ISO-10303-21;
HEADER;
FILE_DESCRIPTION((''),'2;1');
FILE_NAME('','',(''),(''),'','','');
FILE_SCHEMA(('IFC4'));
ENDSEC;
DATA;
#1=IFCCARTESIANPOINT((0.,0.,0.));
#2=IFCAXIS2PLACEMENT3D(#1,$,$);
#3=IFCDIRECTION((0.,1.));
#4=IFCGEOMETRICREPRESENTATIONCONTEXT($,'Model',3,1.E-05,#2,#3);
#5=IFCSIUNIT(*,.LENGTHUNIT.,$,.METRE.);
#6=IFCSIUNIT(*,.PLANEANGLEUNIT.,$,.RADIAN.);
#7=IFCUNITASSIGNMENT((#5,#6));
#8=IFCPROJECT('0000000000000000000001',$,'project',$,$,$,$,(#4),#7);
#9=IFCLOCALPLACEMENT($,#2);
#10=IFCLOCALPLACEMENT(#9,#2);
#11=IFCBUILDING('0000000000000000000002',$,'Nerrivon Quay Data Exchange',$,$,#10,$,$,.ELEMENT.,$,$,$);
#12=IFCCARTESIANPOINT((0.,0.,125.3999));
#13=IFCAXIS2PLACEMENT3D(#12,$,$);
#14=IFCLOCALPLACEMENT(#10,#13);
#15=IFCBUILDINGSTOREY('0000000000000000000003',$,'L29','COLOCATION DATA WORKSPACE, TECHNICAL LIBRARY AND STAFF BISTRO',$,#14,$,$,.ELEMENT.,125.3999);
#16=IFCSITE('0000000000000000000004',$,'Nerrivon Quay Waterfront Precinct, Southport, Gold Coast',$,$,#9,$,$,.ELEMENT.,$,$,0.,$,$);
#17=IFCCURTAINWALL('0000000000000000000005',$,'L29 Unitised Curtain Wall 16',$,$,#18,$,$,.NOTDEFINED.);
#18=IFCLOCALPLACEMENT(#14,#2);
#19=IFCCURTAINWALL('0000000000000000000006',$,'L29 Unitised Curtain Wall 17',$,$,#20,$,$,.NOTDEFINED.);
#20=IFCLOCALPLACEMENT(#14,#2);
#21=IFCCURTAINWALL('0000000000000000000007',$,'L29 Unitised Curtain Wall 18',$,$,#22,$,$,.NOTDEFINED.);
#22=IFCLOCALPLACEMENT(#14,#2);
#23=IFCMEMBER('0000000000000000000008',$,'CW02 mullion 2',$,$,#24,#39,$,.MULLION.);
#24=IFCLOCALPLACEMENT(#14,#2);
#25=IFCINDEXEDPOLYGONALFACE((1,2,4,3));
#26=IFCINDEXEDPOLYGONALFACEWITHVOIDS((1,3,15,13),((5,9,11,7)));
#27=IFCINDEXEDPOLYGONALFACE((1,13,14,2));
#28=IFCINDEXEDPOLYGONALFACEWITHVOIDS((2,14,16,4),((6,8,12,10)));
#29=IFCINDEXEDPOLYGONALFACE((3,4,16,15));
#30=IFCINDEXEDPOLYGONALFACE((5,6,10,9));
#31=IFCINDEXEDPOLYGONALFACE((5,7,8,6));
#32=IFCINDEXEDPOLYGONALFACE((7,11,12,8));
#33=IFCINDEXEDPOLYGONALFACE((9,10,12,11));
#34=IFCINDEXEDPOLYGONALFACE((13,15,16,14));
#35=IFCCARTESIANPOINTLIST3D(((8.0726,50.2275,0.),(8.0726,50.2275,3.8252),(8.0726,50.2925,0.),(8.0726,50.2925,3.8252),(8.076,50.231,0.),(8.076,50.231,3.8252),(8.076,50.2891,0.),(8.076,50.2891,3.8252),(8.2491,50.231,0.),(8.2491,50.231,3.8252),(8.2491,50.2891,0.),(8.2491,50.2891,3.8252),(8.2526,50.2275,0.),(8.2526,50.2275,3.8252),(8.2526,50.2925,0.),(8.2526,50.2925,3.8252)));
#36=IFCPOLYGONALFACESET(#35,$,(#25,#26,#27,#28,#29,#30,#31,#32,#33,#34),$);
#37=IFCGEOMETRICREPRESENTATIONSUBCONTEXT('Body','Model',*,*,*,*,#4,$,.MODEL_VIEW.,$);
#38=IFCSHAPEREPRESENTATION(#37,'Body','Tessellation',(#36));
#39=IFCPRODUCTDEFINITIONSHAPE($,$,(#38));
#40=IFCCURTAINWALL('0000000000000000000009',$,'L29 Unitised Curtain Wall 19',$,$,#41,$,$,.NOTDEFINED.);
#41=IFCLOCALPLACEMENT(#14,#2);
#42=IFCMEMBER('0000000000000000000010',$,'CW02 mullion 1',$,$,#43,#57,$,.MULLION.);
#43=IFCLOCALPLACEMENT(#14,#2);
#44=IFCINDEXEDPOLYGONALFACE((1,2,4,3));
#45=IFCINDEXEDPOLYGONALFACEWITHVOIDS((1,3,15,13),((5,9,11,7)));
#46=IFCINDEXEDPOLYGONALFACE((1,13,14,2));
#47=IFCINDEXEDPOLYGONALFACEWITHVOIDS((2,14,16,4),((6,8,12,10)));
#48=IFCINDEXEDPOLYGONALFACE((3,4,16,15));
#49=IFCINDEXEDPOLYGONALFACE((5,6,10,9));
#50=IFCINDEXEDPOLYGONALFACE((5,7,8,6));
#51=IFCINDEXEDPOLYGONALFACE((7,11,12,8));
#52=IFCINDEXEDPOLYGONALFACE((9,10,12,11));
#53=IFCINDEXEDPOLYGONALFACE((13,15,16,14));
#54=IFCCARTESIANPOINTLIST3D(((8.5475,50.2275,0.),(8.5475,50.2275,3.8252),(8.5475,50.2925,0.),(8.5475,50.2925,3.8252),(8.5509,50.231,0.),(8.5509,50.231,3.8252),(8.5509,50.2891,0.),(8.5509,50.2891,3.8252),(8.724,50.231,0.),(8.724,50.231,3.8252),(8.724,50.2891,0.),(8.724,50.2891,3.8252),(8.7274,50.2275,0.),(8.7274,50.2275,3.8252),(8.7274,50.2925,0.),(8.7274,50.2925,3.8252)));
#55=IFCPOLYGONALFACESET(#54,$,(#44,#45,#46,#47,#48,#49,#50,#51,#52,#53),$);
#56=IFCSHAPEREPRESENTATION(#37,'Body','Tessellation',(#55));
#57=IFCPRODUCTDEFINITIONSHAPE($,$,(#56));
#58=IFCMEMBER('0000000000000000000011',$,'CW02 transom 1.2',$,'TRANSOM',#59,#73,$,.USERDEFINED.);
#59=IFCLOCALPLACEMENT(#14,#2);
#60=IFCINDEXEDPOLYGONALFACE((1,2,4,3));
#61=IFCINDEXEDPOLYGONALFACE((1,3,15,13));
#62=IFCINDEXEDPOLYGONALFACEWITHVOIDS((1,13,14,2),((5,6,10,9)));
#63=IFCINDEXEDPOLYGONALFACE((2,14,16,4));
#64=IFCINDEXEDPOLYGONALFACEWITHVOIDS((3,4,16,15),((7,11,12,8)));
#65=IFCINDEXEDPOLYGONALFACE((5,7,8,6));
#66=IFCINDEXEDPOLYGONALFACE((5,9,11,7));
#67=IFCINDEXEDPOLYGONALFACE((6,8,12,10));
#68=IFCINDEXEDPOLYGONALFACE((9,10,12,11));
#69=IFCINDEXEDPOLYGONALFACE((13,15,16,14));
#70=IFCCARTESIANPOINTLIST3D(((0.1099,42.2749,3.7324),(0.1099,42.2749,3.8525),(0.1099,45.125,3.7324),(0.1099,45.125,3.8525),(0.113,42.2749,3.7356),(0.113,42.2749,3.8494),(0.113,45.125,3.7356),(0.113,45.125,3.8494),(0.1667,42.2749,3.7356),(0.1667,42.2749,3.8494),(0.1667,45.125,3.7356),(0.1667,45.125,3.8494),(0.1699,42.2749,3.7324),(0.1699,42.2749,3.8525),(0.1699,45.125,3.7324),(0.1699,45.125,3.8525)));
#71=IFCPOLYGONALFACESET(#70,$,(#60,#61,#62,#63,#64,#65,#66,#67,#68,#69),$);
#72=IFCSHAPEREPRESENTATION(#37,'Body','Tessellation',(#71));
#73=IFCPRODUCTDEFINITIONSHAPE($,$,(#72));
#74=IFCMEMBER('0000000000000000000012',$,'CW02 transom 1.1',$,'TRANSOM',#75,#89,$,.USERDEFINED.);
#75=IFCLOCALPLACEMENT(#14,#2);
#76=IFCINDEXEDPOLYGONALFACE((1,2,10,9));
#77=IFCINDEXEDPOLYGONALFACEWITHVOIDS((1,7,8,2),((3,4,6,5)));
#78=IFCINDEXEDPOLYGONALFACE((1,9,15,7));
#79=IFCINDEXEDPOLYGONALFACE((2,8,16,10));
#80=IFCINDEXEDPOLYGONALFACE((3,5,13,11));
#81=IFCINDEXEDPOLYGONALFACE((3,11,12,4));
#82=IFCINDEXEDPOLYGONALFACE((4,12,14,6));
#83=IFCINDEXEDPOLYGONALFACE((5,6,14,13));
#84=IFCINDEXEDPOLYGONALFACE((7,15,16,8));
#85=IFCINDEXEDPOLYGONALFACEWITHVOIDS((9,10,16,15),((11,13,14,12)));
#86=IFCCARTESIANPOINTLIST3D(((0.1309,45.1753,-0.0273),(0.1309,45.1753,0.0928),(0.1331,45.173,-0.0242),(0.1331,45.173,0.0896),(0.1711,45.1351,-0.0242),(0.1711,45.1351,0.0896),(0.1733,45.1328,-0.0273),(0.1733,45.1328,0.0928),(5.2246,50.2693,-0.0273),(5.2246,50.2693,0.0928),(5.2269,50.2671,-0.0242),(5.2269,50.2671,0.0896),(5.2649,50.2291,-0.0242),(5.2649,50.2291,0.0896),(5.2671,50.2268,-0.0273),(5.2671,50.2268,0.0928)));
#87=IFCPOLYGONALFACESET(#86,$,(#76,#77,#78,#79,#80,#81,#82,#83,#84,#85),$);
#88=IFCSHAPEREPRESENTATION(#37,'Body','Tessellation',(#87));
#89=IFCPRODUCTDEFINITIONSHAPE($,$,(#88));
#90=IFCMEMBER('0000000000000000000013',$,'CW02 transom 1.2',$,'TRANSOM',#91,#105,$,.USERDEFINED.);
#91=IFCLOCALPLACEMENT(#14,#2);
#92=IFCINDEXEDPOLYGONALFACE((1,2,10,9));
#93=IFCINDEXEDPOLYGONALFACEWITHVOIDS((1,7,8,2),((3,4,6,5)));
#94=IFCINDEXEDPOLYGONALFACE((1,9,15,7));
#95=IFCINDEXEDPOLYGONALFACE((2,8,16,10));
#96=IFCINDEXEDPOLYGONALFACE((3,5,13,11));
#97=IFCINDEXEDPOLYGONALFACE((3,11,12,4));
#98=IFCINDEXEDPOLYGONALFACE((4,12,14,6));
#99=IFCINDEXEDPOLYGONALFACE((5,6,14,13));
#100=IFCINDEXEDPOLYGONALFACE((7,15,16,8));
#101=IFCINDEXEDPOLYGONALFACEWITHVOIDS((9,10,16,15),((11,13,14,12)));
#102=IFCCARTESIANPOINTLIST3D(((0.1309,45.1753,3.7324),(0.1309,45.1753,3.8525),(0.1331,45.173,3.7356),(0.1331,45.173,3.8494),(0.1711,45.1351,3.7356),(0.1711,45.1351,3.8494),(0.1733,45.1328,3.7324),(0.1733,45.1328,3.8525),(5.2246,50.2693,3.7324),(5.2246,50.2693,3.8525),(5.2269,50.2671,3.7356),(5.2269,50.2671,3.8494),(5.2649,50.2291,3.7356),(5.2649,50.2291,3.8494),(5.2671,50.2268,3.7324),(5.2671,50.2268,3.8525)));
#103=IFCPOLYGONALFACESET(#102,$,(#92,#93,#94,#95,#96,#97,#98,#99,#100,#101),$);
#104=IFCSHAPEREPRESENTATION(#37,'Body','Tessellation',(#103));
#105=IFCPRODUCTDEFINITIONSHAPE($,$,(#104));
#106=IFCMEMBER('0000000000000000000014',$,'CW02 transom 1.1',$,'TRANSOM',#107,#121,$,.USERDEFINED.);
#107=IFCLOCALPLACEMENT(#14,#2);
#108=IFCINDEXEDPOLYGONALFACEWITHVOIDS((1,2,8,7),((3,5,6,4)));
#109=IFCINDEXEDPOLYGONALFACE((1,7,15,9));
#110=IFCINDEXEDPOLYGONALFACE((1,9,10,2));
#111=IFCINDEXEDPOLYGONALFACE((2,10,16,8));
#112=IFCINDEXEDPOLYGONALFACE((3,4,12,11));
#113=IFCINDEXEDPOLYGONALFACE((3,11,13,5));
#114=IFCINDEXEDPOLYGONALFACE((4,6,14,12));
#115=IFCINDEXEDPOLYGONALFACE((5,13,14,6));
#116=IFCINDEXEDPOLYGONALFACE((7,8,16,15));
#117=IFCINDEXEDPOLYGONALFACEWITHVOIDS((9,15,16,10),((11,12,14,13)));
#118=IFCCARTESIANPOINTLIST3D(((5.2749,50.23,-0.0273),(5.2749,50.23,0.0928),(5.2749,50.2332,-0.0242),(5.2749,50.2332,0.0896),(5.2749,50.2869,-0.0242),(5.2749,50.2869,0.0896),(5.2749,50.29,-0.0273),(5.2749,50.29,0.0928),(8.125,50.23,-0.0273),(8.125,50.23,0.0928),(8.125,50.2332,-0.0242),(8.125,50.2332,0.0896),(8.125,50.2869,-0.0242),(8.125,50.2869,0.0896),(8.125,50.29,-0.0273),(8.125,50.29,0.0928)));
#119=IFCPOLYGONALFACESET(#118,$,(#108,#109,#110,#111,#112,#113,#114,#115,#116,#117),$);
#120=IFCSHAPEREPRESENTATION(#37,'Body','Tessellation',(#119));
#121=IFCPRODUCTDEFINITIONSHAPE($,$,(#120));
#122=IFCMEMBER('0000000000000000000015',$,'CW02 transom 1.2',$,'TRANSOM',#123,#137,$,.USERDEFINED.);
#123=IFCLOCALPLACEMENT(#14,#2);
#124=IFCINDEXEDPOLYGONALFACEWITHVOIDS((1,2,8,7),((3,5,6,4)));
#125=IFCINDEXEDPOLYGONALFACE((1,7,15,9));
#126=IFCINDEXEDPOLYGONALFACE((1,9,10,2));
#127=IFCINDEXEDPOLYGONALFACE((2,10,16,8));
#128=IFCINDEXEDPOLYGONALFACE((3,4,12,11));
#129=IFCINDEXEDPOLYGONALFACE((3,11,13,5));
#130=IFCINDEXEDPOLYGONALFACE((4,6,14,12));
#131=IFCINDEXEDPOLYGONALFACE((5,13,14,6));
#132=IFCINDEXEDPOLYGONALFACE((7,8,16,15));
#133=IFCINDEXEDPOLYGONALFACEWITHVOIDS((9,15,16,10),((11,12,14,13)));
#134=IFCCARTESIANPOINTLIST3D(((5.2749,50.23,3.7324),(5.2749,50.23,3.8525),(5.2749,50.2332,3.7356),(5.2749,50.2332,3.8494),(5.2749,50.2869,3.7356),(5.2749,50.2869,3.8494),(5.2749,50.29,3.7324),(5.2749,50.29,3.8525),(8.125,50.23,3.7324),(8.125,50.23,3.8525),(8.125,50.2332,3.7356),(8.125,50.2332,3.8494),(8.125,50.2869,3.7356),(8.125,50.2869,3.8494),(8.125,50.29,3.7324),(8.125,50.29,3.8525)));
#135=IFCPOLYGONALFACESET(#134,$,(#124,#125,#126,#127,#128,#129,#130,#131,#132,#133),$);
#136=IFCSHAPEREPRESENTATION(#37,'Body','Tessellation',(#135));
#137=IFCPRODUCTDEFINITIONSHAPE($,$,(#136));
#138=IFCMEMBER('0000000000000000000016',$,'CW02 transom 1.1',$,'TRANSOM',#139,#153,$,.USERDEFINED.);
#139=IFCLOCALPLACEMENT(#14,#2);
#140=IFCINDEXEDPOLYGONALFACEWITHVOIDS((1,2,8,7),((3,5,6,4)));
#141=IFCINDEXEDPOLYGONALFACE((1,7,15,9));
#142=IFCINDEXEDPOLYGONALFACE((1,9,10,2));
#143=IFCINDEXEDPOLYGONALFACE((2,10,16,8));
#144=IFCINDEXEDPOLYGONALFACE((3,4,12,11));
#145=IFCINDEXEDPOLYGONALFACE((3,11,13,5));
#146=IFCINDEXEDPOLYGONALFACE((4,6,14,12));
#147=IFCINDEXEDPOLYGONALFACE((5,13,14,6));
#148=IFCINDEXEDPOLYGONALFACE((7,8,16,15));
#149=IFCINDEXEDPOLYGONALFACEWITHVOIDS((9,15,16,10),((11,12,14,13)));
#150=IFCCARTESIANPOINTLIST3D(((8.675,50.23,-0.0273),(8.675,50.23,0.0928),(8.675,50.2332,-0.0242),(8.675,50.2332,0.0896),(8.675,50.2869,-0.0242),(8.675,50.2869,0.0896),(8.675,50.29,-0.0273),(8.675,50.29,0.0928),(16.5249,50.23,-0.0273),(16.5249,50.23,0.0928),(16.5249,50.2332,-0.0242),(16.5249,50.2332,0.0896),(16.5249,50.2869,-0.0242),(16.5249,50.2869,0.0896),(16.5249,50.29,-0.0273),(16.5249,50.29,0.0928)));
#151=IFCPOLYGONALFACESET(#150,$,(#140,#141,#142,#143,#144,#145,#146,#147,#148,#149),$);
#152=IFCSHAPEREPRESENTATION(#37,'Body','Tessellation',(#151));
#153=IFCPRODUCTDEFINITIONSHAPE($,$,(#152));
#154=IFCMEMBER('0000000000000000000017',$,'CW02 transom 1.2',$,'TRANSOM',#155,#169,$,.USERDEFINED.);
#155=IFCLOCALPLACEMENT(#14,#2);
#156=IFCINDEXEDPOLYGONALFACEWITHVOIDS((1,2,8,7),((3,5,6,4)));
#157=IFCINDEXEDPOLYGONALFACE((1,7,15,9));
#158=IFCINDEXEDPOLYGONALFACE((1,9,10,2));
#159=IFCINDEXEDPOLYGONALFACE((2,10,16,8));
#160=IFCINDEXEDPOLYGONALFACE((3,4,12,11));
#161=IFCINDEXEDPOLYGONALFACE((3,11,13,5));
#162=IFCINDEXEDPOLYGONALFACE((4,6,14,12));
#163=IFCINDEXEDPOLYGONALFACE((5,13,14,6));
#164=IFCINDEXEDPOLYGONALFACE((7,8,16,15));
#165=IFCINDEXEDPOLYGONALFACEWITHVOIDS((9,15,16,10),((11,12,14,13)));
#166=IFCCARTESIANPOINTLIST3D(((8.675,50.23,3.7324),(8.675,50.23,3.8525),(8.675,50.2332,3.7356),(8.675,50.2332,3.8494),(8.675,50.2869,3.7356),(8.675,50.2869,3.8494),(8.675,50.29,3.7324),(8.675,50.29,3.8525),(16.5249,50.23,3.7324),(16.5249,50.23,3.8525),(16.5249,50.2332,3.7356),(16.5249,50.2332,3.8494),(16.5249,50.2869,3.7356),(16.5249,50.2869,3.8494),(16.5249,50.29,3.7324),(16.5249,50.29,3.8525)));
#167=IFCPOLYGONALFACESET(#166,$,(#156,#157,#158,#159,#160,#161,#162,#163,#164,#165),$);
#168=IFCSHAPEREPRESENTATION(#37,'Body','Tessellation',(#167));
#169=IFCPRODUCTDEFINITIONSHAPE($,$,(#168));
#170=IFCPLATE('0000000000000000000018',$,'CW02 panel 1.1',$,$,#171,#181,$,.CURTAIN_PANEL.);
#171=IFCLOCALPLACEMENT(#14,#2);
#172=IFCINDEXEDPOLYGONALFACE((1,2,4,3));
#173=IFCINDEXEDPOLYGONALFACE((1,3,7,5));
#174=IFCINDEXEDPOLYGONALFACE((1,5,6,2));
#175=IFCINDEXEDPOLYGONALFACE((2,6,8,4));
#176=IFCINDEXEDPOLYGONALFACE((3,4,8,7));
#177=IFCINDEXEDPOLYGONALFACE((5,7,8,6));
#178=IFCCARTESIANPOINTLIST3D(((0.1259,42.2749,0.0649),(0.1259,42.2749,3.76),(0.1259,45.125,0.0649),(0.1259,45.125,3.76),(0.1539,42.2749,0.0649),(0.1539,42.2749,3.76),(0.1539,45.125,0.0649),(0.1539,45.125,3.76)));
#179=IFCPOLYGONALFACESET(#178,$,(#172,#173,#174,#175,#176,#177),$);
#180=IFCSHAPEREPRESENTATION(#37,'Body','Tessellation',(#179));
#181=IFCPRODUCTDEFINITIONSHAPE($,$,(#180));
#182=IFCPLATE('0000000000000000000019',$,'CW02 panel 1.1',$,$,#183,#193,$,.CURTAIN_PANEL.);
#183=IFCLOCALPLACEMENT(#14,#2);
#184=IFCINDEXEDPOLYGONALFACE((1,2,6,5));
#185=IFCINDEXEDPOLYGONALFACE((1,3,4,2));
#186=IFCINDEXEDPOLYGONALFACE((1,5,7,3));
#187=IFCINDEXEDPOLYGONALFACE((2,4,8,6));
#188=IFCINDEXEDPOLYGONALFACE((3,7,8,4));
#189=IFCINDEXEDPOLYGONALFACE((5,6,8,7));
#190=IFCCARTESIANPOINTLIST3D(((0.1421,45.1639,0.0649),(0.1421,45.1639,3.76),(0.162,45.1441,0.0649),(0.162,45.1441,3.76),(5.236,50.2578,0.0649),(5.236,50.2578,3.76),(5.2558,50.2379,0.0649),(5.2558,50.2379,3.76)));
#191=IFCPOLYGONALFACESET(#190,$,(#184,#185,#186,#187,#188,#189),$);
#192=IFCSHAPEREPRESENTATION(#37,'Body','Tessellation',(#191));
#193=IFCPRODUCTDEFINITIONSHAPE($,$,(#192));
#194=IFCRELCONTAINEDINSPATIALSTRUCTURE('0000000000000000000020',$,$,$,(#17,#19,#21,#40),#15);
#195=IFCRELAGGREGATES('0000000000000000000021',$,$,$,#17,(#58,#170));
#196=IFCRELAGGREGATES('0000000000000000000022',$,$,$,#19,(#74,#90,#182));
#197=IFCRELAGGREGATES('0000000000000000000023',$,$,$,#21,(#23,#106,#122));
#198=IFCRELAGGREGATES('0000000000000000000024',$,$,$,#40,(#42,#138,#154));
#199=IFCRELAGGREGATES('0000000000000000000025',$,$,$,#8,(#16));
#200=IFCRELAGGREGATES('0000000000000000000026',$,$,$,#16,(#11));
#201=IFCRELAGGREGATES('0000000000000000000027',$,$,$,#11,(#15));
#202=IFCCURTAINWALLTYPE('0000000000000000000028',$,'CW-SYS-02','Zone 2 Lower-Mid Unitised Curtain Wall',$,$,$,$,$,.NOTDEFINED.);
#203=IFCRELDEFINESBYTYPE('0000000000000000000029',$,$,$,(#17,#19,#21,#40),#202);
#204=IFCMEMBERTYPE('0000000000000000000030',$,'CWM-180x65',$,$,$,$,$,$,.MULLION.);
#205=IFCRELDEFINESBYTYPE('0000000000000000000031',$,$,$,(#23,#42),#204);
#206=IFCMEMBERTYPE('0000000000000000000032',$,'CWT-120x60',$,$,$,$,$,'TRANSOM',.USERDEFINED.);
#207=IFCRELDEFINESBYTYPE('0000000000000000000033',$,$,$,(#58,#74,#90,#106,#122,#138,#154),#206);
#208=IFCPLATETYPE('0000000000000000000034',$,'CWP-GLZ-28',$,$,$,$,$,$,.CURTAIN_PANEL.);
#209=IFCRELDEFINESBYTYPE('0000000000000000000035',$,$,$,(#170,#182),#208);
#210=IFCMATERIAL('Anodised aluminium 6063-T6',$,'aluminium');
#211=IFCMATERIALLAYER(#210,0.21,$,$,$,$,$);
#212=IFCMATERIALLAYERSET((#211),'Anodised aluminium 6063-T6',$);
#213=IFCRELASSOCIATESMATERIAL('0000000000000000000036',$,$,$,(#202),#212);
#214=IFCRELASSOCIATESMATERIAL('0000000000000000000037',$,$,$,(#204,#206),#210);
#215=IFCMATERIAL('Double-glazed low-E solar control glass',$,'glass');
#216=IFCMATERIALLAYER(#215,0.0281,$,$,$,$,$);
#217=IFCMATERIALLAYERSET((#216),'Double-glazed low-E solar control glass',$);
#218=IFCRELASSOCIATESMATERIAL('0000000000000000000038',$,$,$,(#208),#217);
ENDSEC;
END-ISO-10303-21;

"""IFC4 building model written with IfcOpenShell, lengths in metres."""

from ifc_helpers import new_model, si_unit, direction, frame, origin, origin_2d, place, context, subcontext, project, spatial, rectangle, hollow_rectangle, extrude, material, layer, layer_set, material_profile, profile_set, type_object, element, aggregate, save


model = new_model("IFC4")

# Units and contexts
model_context = context("Model", 3, precision=1e-05, world=origin(), true_north=direction((0.0, 1.0)))
body_context = subcontext(model_context, "Body", "Model", "MODEL_VIEW")
ifc_project = project(units=[si_unit("LENGTHUNIT", "METRE"), si_unit("PLANEANGLEUNIT", "RADIAN")], contexts=[model_context])

# Site, building, storey
site_placement = place(None, origin())
site = spatial("IfcSite", under=ifc_project, at=site_placement, Name="Nerrivon Quay Waterfront Precinct, Southport, Gold Coast", CompositionType="ELEMENT", RefElevation=0.0)
building_placement = place(site_placement, origin())
building = spatial("IfcBuilding", under=site, at=building_placement, Name="Nerrivon Quay Data Exchange", CompositionType="ELEMENT")
storey_placement = place(building_placement, frame((0.0, 0.0, 125.3999)))
storey = spatial("IfcBuildingStorey", under=building, at=storey_placement, Name="L29", Description="COLOCATION DATA WORKSPACE, TECHNICAL LIBRARY AND STAFF BISTRO", CompositionType="ELEMENT", Elevation=125.3999)

# Curtain wall
ifc_material_1 = material(Name="Anodised aluminium 6063-T6", Category="aluminium")
ifc_layer_1 = layer(ifc_material_1, 0.21)
ifc_layer_set_1 = layer_set([ifc_layer_1], Name="Anodised aluminium 6063-T6")
curtain_wall_type = type_object("IfcCurtainWallType", Name="CW-SYS-02", Description="Zone 2 Lower-Mid Unitised Curtain Wall", PredefinedType="NOTDEFINED", material=ifc_layer_set_1)
curtain_wall_1_placement = place(storey_placement, origin())
curtain_wall_1 = element("IfcCurtainWall", 1, at=curtain_wall_1_placement, inside=storey, type_object=curtain_wall_type, Name="L29 Unitised Curtain Wall 16", PredefinedType="NOTDEFINED")
ifc_material_profile_1 = material_profile(ifc_material_1, hollow_rectangle(XDim=0.0649, YDim=0.1799, WallThickness=0.0034, at=origin_2d()), Name="ALU-MULL-180x65")
ifc_profile_set_1 = profile_set([ifc_material_profile_1], Name="Anodised aluminium 6063-T6")
member_type_1 = type_object("IfcMemberType", Name="CWM-180x65", PredefinedType="MULLION", material=ifc_profile_set_1)

# Curtain walls, member
curtain_wall_2_placement = place(storey_placement, origin())
curtain_wall_2 = element("IfcCurtainWall", 2, at=curtain_wall_2_placement, inside=storey, type_object=curtain_wall_type, Name="L29 Unitised Curtain Wall 17", PredefinedType="NOTDEFINED")
curtain_wall_3_placement = place(storey_placement, origin())
curtain_wall_3 = element("IfcCurtainWall", 3, at=curtain_wall_3_placement, inside=storey, type_object=curtain_wall_type, Name="L29 Unitised Curtain Wall 18", PredefinedType="NOTDEFINED")
member_1_placement = place(storey_placement, frame((8.1626, 50.26, 0.0), z_axis=(0.0, 0.0, 1.0), x_axis=(0.0, 1.0, 0.0)))
member_1 = element("IfcMember", 4, at=member_1_placement, type_object=member_type_1, Name="CW02 mullion 2", PredefinedType="MULLION", context=body_context, shape_type="SweptSolid", body=[
    extrude(hollow_rectangle(XDim=0.0649, YDim=0.1799, WallThickness=0.0034, at=origin_2d()), origin(), (0.0, 0.0, 1.0), 3.8252),
])

# Curtain wall, member
curtain_wall_4_placement = place(storey_placement, origin())
curtain_wall_4 = element("IfcCurtainWall", 5, at=curtain_wall_4_placement, inside=storey, type_object=curtain_wall_type, Name="L29 Unitised Curtain Wall 19", PredefinedType="NOTDEFINED")
member_2_placement = place(storey_placement, frame((8.6375, 50.26, 0.0), z_axis=(0.0, 0.0, 1.0), x_axis=(0.0, 1.0, 0.0)))
member_2 = element("IfcMember", 6, at=member_2_placement, type_object=member_type_1, Name="CW02 mullion 1", PredefinedType="MULLION", context=body_context, shape_type="SweptSolid", body=[
    extrude(hollow_rectangle(XDim=0.0649, YDim=0.1799, WallThickness=0.0034, at=origin_2d()), origin(), (0.0, 0.0, 1.0), 3.8252),
])

# Members
ifc_material_profile_2 = material_profile(ifc_material_1, hollow_rectangle(XDim=0.0601, YDim=0.1201, WallThickness=0.0032, at=origin_2d()), Name="ALU-TRAN-120x60")
ifc_profile_set_2 = profile_set([ifc_material_profile_2], Name="Anodised aluminium 6063-T6")
member_type_2 = type_object("IfcMemberType", Name="CWT-120x60", ElementType="TRANSOM", PredefinedType="USERDEFINED", material=ifc_profile_set_2)
member_3_placement = place(storey_placement, frame((0.1399, 42.2749, 3.7925), z_axis=(0.0, 1.0, 0.0), x_axis=(-1.0, 0.0, 0.0)))
member_3 = element("IfcMember", 7, at=member_3_placement, type_object=member_type_2, Name="CW02 transom 1.2", ObjectType="TRANSOM", PredefinedType="USERDEFINED", context=body_context, shape_type="SweptSolid", body=[
    extrude(hollow_rectangle(XDim=0.0601, YDim=0.1201, WallThickness=0.0032, at=origin_2d()), origin(), (0.0, 0.0, 1.0), 2.8501),
])
member_4_placement = place(storey_placement, frame((0.1521, 45.1541, 0.0327), z_axis=(0.70709, 0.707124, 0.0), x_axis=(-0.707124, 0.70709, 0.0)))
member_4 = element("IfcMember", 8, at=member_4_placement, type_object=member_type_2, Name="CW02 transom 1.1", ObjectType="TRANSOM", PredefinedType="USERDEFINED", context=body_context, shape_type="SweptSolid", body=[
    extrude(hollow_rectangle(XDim=0.0601, YDim=0.1201, WallThickness=0.0032, at=origin_2d()), origin(), (0.0, 0.0, 1.0), 7.2039),
])
member_5_placement = place(storey_placement, frame((0.1521, 45.1541, 3.7925), z_axis=(0.70709, 0.707124, 0.0), x_axis=(-0.707124, 0.70709, 0.0)))
member_5 = element("IfcMember", 9, at=member_5_placement, type_object=member_type_2, Name="CW02 transom 1.2", ObjectType="TRANSOM", PredefinedType="USERDEFINED", context=body_context, shape_type="SweptSolid", body=[
    extrude(hollow_rectangle(XDim=0.0601, YDim=0.1201, WallThickness=0.0032, at=origin_2d()), origin(), (0.0, 0.0, 1.0), 7.2039),
])
member_6_placement = place(storey_placement, frame((5.2749, 50.26, 0.0327), z_axis=(1.0, 0.0, 0.0), x_axis=(0.0, 1.0, 0.0)))
member_6 = element("IfcMember", 10, at=member_6_placement, type_object=member_type_2, Name="CW02 transom 1.1", ObjectType="TRANSOM", PredefinedType="USERDEFINED", context=body_context, shape_type="SweptSolid", body=[
    extrude(hollow_rectangle(XDim=0.0601, YDim=0.1201, WallThickness=0.0032, at=origin_2d()), origin(), (0.0, 0.0, 1.0), 2.8501),
])
member_7_placement = place(storey_placement, frame((5.2749, 50.26, 3.7925), z_axis=(1.0, 0.0, 0.0), x_axis=(0.0, 1.0, 0.0)))
member_7 = element("IfcMember", 11, at=member_7_placement, type_object=member_type_2, Name="CW02 transom 1.2", ObjectType="TRANSOM", PredefinedType="USERDEFINED", context=body_context, shape_type="SweptSolid", body=[
    extrude(hollow_rectangle(XDim=0.0601, YDim=0.1201, WallThickness=0.0032, at=origin_2d()), origin(), (0.0, 0.0, 1.0), 2.8501),
])
member_8_placement = place(storey_placement, frame((8.675, 50.26, 0.0327), z_axis=(1.0, 0.0, 0.0), x_axis=(0.0, 1.0, 0.0)))
member_8 = element("IfcMember", 12, at=member_8_placement, type_object=member_type_2, Name="CW02 transom 1.1", ObjectType="TRANSOM", PredefinedType="USERDEFINED", context=body_context, shape_type="SweptSolid", body=[
    extrude(hollow_rectangle(XDim=0.0601, YDim=0.1201, WallThickness=0.0032, at=origin_2d()), origin(), (0.0, 0.0, 1.0), 7.8499),
])
member_9_placement = place(storey_placement, frame((8.675, 50.26, 3.7925), z_axis=(1.0, 0.0, 0.0), x_axis=(0.0, 1.0, 0.0)))
member_9 = element("IfcMember", 13, at=member_9_placement, type_object=member_type_2, Name="CW02 transom 1.2", ObjectType="TRANSOM", PredefinedType="USERDEFINED", context=body_context, shape_type="SweptSolid", body=[
    extrude(hollow_rectangle(XDim=0.0601, YDim=0.1201, WallThickness=0.0032, at=origin_2d()), origin(), (0.0, 0.0, 1.0), 7.8499),
])

# Plates
ifc_material_2 = material(Name="Double-glazed low-E solar control glass", Category="glass")
ifc_layer_2 = layer(ifc_material_2, 0.0281)
ifc_layer_set_2 = layer_set([ifc_layer_2], Name="Double-glazed low-E solar control glass")
plate_type = type_object("IfcPlateType", Name="CWP-GLZ-28", PredefinedType="CURTAIN_PANEL", material=ifc_layer_set_2)
plate_1_placement = place(storey_placement, frame((0.1399, 43.7, 0.0649), z_axis=(0.0, 0.0, 1.0), x_axis=(0.0, 1.0, 0.0)))
plate_1 = element("IfcPlate", 14, at=plate_1_placement, type_object=plate_type, Name="CW02 panel 1.1", PredefinedType="CURTAIN_PANEL", context=body_context, shape_type="SweptSolid", body=[
    extrude(rectangle(XDim=2.8501, YDim=0.0281, at=origin_2d()), origin(), (0.0, 0.0, 1.0), 3.6951),
])
aggregate(curtain_wall_1, [member_3, plate_1])
plate_2_placement = place(storey_placement, frame((2.699, 47.7009, 0.0649), z_axis=(0.0, 0.0, 1.0), x_axis=(0.707107, 0.707107, 0.0)))
plate_2 = element("IfcPlate", 15, at=plate_2_placement, type_object=plate_type, Name="CW02 panel 1.1", PredefinedType="CURTAIN_PANEL", context=body_context, shape_type="SweptSolid", body=[
    extrude(rectangle(XDim=7.2039, YDim=0.0281, at=origin_2d()), origin(), (0.0, 0.0, 1.0), 3.6951),
])
aggregate(curtain_wall_2, [member_4, member_5, plate_2])
aggregate(curtain_wall_3, [member_1, member_6, member_7])
aggregate(curtain_wall_4, [member_2, member_8, member_9])

save(model, "model.ifc")
